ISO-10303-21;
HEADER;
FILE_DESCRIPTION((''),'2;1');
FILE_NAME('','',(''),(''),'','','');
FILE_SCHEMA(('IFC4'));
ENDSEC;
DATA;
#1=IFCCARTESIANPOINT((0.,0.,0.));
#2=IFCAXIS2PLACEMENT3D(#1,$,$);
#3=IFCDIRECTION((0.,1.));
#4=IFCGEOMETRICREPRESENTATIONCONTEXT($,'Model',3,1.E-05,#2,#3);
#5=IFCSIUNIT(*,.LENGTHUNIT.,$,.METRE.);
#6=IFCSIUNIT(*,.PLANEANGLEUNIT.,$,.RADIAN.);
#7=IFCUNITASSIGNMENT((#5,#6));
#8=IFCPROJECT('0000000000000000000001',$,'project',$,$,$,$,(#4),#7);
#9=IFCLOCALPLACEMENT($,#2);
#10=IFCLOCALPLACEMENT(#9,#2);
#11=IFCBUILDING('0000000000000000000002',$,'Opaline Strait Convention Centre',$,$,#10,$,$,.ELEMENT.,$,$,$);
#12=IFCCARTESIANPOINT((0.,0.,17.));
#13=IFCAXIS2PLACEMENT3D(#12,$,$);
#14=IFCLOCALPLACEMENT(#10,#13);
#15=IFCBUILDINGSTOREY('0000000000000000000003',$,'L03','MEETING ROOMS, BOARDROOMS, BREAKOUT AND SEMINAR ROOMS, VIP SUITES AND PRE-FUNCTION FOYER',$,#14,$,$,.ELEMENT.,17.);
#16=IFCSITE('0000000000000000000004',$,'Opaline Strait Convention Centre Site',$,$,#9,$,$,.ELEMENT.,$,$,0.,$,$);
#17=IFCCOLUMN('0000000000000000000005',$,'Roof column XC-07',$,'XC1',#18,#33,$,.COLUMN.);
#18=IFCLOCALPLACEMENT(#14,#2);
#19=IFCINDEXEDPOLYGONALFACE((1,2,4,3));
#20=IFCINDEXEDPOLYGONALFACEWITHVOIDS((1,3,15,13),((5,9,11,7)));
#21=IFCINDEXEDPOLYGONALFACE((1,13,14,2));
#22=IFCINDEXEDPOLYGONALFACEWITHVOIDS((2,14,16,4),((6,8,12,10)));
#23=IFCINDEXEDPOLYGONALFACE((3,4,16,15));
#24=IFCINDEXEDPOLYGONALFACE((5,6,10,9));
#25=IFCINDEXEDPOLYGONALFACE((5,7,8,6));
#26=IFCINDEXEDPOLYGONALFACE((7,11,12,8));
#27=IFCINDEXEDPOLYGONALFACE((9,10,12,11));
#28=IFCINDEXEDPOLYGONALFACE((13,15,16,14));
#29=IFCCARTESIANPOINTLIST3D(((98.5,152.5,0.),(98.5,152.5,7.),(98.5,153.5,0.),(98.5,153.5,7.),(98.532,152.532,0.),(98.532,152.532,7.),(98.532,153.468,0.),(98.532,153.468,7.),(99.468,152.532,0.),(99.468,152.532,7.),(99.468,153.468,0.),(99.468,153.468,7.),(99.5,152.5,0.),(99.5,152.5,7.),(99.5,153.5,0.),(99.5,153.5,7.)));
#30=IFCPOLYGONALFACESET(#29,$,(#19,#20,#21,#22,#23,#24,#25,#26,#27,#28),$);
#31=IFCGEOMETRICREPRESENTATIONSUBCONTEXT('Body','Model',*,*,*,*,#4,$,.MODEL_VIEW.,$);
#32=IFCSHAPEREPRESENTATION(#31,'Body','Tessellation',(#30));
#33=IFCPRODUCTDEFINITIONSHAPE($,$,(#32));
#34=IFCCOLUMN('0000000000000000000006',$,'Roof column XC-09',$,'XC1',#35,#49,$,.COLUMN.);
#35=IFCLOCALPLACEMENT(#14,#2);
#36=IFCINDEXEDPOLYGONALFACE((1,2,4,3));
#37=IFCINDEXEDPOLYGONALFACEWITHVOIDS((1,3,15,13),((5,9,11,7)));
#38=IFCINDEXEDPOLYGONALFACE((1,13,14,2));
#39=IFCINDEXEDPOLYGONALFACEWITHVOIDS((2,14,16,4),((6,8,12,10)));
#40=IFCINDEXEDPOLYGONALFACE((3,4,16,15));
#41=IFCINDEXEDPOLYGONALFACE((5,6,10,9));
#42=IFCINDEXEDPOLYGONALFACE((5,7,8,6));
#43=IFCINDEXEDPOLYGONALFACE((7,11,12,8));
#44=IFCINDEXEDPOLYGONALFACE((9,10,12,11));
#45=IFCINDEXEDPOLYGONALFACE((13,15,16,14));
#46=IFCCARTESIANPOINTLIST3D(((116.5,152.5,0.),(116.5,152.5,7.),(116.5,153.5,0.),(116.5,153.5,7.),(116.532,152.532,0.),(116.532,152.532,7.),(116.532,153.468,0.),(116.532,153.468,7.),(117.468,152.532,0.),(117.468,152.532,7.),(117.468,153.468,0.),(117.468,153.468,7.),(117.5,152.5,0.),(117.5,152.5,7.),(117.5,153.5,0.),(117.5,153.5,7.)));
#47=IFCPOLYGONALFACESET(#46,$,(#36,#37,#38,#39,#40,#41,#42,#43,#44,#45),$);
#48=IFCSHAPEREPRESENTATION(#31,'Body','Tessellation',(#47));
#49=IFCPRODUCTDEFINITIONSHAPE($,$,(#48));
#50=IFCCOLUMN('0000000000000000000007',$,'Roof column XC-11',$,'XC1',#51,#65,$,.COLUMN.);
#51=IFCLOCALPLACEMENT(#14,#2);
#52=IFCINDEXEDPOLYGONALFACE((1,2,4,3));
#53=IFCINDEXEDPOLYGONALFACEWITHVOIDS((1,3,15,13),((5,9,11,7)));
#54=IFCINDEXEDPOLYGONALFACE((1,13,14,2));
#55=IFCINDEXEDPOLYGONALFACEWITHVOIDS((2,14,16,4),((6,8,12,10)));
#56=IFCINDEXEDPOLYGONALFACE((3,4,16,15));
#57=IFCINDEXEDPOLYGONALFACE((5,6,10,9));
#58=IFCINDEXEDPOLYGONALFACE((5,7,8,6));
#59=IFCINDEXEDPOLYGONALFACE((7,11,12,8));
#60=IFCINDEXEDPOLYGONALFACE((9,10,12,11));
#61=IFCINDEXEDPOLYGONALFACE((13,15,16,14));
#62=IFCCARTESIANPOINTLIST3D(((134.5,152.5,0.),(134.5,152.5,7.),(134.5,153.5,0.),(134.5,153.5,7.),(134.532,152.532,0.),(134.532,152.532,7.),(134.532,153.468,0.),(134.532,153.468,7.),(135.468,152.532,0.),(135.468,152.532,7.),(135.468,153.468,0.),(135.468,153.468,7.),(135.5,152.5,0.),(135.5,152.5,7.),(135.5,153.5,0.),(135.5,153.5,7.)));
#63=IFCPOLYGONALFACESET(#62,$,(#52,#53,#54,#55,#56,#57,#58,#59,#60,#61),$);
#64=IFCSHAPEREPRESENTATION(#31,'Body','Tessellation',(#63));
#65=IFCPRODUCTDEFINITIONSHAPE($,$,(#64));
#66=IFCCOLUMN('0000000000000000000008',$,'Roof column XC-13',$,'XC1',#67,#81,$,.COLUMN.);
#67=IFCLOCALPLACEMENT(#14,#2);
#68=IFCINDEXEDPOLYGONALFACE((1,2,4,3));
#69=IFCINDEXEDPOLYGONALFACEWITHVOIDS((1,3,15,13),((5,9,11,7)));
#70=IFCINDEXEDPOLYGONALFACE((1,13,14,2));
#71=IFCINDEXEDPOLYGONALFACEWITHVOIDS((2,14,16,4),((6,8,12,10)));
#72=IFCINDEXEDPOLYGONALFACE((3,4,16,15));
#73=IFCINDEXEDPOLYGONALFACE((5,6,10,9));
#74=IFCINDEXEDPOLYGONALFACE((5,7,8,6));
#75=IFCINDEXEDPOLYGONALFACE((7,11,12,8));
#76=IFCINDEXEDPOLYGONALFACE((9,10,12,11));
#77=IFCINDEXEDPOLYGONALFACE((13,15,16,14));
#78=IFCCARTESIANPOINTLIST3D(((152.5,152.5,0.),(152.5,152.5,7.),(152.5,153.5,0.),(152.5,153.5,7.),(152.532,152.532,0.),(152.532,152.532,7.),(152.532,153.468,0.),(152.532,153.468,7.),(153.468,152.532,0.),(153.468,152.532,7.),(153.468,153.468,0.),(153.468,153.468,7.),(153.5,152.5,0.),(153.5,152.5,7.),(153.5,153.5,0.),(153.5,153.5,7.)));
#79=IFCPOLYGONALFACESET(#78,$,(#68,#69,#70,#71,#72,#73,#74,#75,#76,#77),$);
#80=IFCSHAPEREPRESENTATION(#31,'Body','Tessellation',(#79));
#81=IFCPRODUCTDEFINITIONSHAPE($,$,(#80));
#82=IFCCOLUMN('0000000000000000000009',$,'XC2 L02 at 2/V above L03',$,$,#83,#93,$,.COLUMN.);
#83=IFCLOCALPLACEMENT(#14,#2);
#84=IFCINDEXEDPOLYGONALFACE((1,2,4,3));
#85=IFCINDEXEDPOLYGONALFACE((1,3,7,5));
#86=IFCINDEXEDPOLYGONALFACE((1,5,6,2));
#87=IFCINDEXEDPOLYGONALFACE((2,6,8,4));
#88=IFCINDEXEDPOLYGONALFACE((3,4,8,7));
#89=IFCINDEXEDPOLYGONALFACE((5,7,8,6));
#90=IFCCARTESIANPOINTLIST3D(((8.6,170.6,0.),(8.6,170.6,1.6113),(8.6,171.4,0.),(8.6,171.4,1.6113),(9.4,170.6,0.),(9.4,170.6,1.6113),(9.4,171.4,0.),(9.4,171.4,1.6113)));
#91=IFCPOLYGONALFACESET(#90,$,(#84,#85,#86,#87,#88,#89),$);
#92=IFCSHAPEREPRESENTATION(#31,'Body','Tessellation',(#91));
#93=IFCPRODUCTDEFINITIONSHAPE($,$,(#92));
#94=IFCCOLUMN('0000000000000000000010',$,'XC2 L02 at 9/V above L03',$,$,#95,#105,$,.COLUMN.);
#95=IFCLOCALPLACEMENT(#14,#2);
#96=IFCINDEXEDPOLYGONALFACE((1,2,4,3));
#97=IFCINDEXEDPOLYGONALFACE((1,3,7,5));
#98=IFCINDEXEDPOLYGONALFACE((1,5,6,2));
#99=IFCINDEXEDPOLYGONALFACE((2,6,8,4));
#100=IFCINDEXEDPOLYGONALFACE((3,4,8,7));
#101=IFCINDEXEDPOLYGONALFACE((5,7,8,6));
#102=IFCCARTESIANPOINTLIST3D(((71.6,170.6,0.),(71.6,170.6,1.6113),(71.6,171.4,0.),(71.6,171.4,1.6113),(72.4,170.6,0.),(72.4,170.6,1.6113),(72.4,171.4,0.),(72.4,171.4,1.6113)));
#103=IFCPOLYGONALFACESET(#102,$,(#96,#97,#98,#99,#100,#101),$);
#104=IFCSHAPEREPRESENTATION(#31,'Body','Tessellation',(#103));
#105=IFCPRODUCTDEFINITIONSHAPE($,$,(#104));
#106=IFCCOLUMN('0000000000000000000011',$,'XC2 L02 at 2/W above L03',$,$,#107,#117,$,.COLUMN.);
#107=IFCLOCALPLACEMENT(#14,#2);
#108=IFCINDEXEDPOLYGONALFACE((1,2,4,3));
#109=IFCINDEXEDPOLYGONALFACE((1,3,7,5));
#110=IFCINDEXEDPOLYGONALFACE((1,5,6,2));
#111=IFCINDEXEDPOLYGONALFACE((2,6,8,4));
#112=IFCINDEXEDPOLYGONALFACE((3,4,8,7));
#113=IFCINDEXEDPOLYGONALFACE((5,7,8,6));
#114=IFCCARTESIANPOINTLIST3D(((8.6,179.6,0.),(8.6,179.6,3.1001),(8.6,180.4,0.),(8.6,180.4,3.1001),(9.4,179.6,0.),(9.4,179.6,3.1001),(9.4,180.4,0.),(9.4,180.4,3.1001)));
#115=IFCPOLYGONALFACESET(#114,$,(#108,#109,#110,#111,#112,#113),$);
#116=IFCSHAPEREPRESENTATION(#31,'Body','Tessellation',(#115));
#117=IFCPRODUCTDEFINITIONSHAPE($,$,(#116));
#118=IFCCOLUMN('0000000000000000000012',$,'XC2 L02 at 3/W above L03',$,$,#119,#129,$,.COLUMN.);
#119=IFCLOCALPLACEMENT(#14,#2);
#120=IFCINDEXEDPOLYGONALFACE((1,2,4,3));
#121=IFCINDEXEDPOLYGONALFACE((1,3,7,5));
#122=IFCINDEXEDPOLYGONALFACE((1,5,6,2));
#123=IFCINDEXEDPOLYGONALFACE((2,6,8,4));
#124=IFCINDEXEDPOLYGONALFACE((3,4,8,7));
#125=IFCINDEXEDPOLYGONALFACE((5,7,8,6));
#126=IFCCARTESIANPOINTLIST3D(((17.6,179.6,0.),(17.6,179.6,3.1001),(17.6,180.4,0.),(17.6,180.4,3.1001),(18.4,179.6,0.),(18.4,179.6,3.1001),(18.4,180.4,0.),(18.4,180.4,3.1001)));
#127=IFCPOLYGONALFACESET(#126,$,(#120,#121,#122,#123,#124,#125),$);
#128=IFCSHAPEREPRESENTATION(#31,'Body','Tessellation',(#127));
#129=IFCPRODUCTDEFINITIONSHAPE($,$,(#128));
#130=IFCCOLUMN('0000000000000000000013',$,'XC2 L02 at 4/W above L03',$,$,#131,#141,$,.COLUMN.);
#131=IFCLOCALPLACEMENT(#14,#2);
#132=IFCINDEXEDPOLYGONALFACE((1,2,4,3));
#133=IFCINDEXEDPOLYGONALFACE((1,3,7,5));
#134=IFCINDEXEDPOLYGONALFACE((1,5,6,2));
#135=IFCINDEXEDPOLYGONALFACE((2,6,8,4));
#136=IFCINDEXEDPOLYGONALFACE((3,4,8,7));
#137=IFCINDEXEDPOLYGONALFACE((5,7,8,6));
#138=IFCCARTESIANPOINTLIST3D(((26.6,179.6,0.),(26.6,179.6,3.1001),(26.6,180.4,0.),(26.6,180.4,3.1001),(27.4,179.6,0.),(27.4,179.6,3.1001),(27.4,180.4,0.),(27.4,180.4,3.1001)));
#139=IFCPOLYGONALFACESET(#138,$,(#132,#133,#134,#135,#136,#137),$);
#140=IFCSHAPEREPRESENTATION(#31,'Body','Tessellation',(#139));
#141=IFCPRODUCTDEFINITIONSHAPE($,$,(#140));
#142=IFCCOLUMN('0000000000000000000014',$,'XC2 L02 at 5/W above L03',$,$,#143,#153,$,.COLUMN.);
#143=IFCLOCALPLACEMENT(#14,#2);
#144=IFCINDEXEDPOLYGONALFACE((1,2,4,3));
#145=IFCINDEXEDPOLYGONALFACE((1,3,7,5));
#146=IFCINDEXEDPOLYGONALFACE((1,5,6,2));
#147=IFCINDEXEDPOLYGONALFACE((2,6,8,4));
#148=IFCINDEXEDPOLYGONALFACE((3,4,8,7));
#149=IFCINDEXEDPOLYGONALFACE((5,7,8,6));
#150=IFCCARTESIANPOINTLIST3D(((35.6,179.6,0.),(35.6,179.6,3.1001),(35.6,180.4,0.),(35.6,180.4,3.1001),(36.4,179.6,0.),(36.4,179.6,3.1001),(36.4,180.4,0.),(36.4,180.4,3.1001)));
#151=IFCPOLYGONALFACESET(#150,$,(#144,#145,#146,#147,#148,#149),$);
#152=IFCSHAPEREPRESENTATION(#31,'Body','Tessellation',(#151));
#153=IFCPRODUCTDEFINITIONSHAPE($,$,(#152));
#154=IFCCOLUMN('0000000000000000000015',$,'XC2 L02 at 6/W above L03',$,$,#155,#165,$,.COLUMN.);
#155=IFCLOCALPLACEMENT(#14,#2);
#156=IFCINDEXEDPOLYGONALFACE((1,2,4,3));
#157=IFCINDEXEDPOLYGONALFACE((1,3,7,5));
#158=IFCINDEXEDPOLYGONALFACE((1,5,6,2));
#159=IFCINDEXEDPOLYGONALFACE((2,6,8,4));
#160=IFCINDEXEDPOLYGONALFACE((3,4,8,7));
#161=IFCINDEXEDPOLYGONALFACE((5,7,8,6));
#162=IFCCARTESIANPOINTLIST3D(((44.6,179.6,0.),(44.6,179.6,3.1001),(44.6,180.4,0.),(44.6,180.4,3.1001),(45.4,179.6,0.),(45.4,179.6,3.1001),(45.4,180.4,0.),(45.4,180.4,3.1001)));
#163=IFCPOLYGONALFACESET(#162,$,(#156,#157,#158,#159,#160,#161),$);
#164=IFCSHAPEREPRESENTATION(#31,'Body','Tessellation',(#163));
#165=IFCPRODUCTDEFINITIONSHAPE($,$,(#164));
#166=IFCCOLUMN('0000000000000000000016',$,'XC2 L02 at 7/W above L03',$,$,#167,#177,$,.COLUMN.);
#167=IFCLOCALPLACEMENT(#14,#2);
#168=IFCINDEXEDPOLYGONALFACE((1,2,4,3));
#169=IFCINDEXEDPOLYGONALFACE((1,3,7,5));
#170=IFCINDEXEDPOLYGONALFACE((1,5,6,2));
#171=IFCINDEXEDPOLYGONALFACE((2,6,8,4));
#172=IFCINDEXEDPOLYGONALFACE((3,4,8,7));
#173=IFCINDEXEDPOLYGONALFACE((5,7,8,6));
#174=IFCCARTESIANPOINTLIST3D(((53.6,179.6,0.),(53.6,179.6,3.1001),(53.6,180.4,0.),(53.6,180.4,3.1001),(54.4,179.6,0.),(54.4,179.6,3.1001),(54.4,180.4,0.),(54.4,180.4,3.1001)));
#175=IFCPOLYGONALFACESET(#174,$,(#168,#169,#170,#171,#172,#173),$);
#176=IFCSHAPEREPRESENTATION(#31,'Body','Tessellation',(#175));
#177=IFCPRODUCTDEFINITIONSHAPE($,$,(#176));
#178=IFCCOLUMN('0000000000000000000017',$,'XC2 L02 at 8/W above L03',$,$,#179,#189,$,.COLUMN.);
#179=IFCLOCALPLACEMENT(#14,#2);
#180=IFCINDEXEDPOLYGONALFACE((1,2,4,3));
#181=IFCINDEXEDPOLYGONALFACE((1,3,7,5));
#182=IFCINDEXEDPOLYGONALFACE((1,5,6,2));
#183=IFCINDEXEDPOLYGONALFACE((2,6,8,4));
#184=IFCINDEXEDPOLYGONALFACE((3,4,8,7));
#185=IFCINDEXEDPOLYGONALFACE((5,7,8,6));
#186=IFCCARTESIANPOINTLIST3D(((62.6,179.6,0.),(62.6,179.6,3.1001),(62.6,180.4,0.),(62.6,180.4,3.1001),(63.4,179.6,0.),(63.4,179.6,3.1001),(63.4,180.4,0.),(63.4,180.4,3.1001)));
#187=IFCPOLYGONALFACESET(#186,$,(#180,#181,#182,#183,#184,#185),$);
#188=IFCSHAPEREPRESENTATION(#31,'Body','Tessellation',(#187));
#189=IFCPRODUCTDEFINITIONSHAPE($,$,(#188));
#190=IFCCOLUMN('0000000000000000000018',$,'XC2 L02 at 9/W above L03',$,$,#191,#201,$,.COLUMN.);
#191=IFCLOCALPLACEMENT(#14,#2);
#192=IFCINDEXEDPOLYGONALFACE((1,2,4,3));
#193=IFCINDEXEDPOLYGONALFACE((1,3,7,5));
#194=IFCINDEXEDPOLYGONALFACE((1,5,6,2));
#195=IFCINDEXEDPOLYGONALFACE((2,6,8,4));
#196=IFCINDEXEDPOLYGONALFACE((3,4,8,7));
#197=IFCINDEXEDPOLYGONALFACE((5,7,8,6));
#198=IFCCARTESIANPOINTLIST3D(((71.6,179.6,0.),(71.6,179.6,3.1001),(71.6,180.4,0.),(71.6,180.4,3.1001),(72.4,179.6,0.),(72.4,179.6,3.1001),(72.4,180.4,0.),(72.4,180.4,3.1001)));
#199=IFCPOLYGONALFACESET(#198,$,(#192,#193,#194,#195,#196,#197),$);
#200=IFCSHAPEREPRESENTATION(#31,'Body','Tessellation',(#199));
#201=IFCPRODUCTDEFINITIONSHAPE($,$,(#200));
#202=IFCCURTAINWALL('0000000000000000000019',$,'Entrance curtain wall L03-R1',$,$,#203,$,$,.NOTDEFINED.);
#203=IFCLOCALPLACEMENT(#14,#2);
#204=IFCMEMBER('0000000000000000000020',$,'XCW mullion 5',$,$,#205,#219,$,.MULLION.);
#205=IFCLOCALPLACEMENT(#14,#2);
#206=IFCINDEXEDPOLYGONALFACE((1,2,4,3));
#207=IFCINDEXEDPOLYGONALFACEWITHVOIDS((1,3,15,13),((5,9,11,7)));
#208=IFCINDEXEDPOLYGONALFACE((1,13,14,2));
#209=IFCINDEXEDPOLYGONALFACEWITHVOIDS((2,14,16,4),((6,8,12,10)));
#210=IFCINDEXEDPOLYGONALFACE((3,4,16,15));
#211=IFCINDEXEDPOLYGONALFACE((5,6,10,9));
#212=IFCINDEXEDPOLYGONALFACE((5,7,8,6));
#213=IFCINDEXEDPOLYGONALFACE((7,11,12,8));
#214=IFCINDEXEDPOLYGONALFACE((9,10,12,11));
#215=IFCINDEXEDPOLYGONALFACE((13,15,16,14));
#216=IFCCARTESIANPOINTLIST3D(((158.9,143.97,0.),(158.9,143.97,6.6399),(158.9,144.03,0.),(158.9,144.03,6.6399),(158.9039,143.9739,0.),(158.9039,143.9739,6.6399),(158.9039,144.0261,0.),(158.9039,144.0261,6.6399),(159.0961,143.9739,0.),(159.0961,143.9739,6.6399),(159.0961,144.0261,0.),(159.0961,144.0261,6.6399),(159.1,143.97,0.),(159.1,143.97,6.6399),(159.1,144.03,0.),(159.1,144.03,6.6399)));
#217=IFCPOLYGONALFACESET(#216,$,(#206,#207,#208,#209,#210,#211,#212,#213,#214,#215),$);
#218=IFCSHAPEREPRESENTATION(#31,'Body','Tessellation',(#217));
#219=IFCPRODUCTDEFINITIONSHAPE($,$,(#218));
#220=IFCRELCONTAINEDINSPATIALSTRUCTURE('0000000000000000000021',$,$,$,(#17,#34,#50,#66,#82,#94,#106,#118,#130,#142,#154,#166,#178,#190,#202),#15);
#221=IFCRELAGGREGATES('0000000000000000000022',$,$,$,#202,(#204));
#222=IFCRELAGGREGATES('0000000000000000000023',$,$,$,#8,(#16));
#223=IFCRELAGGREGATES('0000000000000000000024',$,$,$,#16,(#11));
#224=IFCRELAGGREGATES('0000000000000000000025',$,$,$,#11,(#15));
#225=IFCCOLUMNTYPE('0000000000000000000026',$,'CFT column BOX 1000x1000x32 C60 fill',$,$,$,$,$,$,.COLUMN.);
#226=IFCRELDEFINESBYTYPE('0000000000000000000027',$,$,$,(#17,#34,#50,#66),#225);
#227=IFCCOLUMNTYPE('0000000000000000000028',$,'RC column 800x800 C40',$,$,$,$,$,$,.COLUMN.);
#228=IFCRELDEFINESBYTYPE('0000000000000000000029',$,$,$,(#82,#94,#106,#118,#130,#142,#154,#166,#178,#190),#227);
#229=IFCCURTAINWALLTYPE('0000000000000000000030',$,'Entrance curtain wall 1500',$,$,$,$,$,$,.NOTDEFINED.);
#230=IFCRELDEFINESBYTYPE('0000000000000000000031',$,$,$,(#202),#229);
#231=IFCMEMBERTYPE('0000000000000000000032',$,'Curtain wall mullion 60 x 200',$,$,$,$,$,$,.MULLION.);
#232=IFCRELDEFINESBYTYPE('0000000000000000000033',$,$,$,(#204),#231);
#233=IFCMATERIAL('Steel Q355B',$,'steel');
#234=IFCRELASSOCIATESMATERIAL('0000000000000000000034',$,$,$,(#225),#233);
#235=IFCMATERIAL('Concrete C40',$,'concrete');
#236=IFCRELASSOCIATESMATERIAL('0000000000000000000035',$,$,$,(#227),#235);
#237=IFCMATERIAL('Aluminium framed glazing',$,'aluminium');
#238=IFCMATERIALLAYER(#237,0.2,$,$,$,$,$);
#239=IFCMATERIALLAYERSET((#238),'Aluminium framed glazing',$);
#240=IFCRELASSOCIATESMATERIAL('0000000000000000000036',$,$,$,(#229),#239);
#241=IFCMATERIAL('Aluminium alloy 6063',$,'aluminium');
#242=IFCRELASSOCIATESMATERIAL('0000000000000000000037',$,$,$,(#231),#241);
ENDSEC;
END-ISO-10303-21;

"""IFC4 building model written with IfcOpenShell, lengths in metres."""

from ifc_helpers import new_model, si_unit, direction, frame, origin, origin_2d, place, context, subcontext, project, spatial, rectangle, hollow_rectangle, extrude, material, layer, layer_set, material_profile, profile_set, type_object, element, aggregate, save


model = new_model("IFC4")

# Units and contexts
model_context = context("Model", 3, precision=1e-05, world=origin(), true_north=direction((0.0, 1.0)))
body_context = subcontext(model_context, "Body", "Model", "MODEL_VIEW")
ifc_project = project(units=[si_unit("LENGTHUNIT", "METRE"), si_unit("PLANEANGLEUNIT", "RADIAN")], contexts=[model_context])

# Site, building, storey
site_placement = place(None, origin())
site = spatial("IfcSite", under=ifc_project, at=site_placement, Name="Opaline Strait Convention Centre Site", CompositionType="ELEMENT", RefElevation=0.0)
building_placement = place(site_placement, origin())
building = spatial("IfcBuilding", under=site, at=building_placement, Name="Opaline Strait Convention Centre", CompositionType="ELEMENT")
storey_placement = place(building_placement, frame((0.0, 0.0, 17.0)))
storey = spatial("IfcBuildingStorey", under=building, at=storey_placement, Name="L03", Description="MEETING ROOMS, BOARDROOMS, BREAKOUT AND SEMINAR ROOMS, VIP SUITES AND PRE-FUNCTION FOYER", CompositionType="ELEMENT", Elevation=17.0)

# Columns
ifc_material_1 = material(Name="Steel Q355B", Category="steel")
ifc_material_profile_1 = material_profile(ifc_material_1, hollow_rectangle(XDim=1.0, YDim=1.0, WallThickness=0.032, at=origin_2d()), Name="BOX 1000x1000x32")
ifc_profile_set_1 = profile_set([ifc_material_profile_1], Name="Steel Q355B")
column_type_1 = type_object("IfcColumnType", Name="CFT column BOX 1000x1000x32 C60 fill", PredefinedType="COLUMN", material=ifc_profile_set_1)
for number, where, z_axis, x_axis, name in (
    (1, (99.0, 153.0, 0.0), (0.0, 0.0, 1.0), (1.0, 0.0, 0.0), "Roof column XC-07"),
    (2, (117.0, 153.0, 0.0), (0.0, 0.0, 1.0), (1.0, 0.0, 0.0), "Roof column XC-09"),
    (3, (135.0, 153.0, 0.0), (0.0, 0.0, 1.0), (1.0, 0.0, 0.0), "Roof column XC-11"),
    (4, (153.0, 153.0, 0.0), (0.0, 0.0, 1.0), (1.0, 0.0, 0.0), "Roof column XC-13"),
):
    element("IfcColumn", number, at=place(storey_placement, frame(where, z_axis=z_axis, x_axis=x_axis)), inside=storey, type_object=column_type_1, Name=name, ObjectType="XC1", PredefinedType="COLUMN", context=body_context, shape_type="SweptSolid", body=[
        extrude(hollow_rectangle(XDim=1.0, YDim=1.0, WallThickness=0.032, at=origin_2d()), origin(), (0.0, 0.0, 1.0), 7.0),
    ])
ifc_material_2 = material(Name="Concrete C40", Category="concrete")
ifc_material_profile_2 = material_profile(ifc_material_2, rectangle(XDim=0.8, YDim=0.8, at=origin_2d()), Name="RC 800x800")
ifc_profile_set_2 = profile_set([ifc_material_profile_2], Name="Concrete C40")
column_type_2 = type_object("IfcColumnType", Name="RC column 800x800 C40", PredefinedType="COLUMN", material=ifc_profile_set_2)
for number, where, z_axis, x_axis, name in (
    (5, (9.0, 171.0, 0.0), (0.0, 0.0, 1.0), (1.0, 0.0, 0.0), "XC2 L02 at 2/V above L03"),
    (6, (72.0, 171.0, 0.0), (0.0, 0.0, 1.0), (1.0, 0.0, 0.0), "XC2 L02 at 9/V above L03"),
):
    element("IfcColumn", number, at=place(storey_placement, frame(where, z_axis=z_axis, x_axis=x_axis)), inside=storey, type_object=column_type_2, Name=name, PredefinedType="COLUMN", context=body_context, shape_type="SweptSolid", body=[
        extrude(rectangle(XDim=0.8, YDim=0.8, at=origin_2d()), origin(), (0.0, 0.0, 1.0), 1.6113),
    ])
for number, where, z_axis, x_axis, name in (
    (7, (9.0, 180.0, 0.0), (0.0, 0.0, 1.0), (1.0, 0.0, 0.0), "XC2 L02 at 2/W above L03"),
    (8, (18.0, 180.0, 0.0), (0.0, 0.0, 1.0), (1.0, 0.0, 0.0), "XC2 L02 at 3/W above L03"),
    (9, (27.0, 180.0, 0.0), (0.0, 0.0, 1.0), (1.0, 0.0, 0.0), "XC2 L02 at 4/W above L03"),
    (10, (36.0, 180.0, 0.0), (0.0, 0.0, 1.0), (1.0, 0.0, 0.0), "XC2 L02 at 5/W above L03"),
    (11, (45.0, 180.0, 0.0), (0.0, 0.0, 1.0), (1.0, 0.0, 0.0), "XC2 L02 at 6/W above L03"),
    (12, (54.0, 180.0, 0.0), (0.0, 0.0, 1.0), (1.0, 0.0, 0.0), "XC2 L02 at 7/W above L03"),
    (13, (63.0, 180.0, 0.0), (0.0, 0.0, 1.0), (1.0, 0.0, 0.0), "XC2 L02 at 8/W above L03"),
    (14, (72.0, 180.0, 0.0), (0.0, 0.0, 1.0), (1.0, 0.0, 0.0), "XC2 L02 at 9/W above L03"),
):
    element("IfcColumn", number, at=place(storey_placement, frame(where, z_axis=z_axis, x_axis=x_axis)), inside=storey, type_object=column_type_2, Name=name, PredefinedType="COLUMN", context=body_context, shape_type="SweptSolid", body=[
        extrude(rectangle(XDim=0.8, YDim=0.8, at=origin_2d()), origin(), (0.0, 0.0, 1.0), 3.1001),
    ])

# Curtain wall, member
ifc_material_3 = material(Name="Aluminium framed glazing", Category="aluminium")
ifc_layer_1 = layer(ifc_material_3, 0.2)
ifc_layer_set_1 = layer_set([ifc_layer_1], Name="Aluminium framed glazing")
curtain_wall_type = type_object("IfcCurtainWallType", Name="Entrance curtain wall 1500", PredefinedType="NOTDEFINED", material=ifc_layer_set_1)
curtain_wall_placement = place(storey_placement, origin())
curtain_wall = element("IfcCurtainWall", 15, at=curtain_wall_placement, inside=storey, type_object=curtain_wall_type, Name="Entrance curtain wall L03-R1", PredefinedType="NOTDEFINED")
ifc_material_4 = material(Name="Aluminium alloy 6063", Category="aluminium")
ifc_material_profile_3 = material_profile(ifc_material_4, hollow_rectangle(XDim=0.0601, YDim=0.2, WallThickness=0.0039, at=origin_2d()), Name="MULLION 60x200x4")
ifc_profile_set_3 = profile_set([ifc_material_profile_3], Name="Aluminium alloy 6063")
member_type_1 = type_object("IfcMemberType", Name="Curtain wall mullion 60 x 200", PredefinedType="MULLION", material=ifc_profile_set_3)
member_1_placement = place(storey_placement, frame((159.0, 144.0, 0.0), z_axis=(0.0, 0.0, 1.0), x_axis=(0.0, 1.0, 0.0)))
member_1 = element("IfcMember", 16, at=member_1_placement, type_object=member_type_1, Name="XCW mullion 5", PredefinedType="MULLION", context=body_context, shape_type="SweptSolid", body=[
    extrude(hollow_rectangle(XDim=0.0601, YDim=0.2, WallThickness=0.0039, at=origin_2d()), origin(), (0.0, 0.0, 1.0), 6.6399),
])
aggregate(curtain_wall, [member_1])

save(model, "model.ifc")
